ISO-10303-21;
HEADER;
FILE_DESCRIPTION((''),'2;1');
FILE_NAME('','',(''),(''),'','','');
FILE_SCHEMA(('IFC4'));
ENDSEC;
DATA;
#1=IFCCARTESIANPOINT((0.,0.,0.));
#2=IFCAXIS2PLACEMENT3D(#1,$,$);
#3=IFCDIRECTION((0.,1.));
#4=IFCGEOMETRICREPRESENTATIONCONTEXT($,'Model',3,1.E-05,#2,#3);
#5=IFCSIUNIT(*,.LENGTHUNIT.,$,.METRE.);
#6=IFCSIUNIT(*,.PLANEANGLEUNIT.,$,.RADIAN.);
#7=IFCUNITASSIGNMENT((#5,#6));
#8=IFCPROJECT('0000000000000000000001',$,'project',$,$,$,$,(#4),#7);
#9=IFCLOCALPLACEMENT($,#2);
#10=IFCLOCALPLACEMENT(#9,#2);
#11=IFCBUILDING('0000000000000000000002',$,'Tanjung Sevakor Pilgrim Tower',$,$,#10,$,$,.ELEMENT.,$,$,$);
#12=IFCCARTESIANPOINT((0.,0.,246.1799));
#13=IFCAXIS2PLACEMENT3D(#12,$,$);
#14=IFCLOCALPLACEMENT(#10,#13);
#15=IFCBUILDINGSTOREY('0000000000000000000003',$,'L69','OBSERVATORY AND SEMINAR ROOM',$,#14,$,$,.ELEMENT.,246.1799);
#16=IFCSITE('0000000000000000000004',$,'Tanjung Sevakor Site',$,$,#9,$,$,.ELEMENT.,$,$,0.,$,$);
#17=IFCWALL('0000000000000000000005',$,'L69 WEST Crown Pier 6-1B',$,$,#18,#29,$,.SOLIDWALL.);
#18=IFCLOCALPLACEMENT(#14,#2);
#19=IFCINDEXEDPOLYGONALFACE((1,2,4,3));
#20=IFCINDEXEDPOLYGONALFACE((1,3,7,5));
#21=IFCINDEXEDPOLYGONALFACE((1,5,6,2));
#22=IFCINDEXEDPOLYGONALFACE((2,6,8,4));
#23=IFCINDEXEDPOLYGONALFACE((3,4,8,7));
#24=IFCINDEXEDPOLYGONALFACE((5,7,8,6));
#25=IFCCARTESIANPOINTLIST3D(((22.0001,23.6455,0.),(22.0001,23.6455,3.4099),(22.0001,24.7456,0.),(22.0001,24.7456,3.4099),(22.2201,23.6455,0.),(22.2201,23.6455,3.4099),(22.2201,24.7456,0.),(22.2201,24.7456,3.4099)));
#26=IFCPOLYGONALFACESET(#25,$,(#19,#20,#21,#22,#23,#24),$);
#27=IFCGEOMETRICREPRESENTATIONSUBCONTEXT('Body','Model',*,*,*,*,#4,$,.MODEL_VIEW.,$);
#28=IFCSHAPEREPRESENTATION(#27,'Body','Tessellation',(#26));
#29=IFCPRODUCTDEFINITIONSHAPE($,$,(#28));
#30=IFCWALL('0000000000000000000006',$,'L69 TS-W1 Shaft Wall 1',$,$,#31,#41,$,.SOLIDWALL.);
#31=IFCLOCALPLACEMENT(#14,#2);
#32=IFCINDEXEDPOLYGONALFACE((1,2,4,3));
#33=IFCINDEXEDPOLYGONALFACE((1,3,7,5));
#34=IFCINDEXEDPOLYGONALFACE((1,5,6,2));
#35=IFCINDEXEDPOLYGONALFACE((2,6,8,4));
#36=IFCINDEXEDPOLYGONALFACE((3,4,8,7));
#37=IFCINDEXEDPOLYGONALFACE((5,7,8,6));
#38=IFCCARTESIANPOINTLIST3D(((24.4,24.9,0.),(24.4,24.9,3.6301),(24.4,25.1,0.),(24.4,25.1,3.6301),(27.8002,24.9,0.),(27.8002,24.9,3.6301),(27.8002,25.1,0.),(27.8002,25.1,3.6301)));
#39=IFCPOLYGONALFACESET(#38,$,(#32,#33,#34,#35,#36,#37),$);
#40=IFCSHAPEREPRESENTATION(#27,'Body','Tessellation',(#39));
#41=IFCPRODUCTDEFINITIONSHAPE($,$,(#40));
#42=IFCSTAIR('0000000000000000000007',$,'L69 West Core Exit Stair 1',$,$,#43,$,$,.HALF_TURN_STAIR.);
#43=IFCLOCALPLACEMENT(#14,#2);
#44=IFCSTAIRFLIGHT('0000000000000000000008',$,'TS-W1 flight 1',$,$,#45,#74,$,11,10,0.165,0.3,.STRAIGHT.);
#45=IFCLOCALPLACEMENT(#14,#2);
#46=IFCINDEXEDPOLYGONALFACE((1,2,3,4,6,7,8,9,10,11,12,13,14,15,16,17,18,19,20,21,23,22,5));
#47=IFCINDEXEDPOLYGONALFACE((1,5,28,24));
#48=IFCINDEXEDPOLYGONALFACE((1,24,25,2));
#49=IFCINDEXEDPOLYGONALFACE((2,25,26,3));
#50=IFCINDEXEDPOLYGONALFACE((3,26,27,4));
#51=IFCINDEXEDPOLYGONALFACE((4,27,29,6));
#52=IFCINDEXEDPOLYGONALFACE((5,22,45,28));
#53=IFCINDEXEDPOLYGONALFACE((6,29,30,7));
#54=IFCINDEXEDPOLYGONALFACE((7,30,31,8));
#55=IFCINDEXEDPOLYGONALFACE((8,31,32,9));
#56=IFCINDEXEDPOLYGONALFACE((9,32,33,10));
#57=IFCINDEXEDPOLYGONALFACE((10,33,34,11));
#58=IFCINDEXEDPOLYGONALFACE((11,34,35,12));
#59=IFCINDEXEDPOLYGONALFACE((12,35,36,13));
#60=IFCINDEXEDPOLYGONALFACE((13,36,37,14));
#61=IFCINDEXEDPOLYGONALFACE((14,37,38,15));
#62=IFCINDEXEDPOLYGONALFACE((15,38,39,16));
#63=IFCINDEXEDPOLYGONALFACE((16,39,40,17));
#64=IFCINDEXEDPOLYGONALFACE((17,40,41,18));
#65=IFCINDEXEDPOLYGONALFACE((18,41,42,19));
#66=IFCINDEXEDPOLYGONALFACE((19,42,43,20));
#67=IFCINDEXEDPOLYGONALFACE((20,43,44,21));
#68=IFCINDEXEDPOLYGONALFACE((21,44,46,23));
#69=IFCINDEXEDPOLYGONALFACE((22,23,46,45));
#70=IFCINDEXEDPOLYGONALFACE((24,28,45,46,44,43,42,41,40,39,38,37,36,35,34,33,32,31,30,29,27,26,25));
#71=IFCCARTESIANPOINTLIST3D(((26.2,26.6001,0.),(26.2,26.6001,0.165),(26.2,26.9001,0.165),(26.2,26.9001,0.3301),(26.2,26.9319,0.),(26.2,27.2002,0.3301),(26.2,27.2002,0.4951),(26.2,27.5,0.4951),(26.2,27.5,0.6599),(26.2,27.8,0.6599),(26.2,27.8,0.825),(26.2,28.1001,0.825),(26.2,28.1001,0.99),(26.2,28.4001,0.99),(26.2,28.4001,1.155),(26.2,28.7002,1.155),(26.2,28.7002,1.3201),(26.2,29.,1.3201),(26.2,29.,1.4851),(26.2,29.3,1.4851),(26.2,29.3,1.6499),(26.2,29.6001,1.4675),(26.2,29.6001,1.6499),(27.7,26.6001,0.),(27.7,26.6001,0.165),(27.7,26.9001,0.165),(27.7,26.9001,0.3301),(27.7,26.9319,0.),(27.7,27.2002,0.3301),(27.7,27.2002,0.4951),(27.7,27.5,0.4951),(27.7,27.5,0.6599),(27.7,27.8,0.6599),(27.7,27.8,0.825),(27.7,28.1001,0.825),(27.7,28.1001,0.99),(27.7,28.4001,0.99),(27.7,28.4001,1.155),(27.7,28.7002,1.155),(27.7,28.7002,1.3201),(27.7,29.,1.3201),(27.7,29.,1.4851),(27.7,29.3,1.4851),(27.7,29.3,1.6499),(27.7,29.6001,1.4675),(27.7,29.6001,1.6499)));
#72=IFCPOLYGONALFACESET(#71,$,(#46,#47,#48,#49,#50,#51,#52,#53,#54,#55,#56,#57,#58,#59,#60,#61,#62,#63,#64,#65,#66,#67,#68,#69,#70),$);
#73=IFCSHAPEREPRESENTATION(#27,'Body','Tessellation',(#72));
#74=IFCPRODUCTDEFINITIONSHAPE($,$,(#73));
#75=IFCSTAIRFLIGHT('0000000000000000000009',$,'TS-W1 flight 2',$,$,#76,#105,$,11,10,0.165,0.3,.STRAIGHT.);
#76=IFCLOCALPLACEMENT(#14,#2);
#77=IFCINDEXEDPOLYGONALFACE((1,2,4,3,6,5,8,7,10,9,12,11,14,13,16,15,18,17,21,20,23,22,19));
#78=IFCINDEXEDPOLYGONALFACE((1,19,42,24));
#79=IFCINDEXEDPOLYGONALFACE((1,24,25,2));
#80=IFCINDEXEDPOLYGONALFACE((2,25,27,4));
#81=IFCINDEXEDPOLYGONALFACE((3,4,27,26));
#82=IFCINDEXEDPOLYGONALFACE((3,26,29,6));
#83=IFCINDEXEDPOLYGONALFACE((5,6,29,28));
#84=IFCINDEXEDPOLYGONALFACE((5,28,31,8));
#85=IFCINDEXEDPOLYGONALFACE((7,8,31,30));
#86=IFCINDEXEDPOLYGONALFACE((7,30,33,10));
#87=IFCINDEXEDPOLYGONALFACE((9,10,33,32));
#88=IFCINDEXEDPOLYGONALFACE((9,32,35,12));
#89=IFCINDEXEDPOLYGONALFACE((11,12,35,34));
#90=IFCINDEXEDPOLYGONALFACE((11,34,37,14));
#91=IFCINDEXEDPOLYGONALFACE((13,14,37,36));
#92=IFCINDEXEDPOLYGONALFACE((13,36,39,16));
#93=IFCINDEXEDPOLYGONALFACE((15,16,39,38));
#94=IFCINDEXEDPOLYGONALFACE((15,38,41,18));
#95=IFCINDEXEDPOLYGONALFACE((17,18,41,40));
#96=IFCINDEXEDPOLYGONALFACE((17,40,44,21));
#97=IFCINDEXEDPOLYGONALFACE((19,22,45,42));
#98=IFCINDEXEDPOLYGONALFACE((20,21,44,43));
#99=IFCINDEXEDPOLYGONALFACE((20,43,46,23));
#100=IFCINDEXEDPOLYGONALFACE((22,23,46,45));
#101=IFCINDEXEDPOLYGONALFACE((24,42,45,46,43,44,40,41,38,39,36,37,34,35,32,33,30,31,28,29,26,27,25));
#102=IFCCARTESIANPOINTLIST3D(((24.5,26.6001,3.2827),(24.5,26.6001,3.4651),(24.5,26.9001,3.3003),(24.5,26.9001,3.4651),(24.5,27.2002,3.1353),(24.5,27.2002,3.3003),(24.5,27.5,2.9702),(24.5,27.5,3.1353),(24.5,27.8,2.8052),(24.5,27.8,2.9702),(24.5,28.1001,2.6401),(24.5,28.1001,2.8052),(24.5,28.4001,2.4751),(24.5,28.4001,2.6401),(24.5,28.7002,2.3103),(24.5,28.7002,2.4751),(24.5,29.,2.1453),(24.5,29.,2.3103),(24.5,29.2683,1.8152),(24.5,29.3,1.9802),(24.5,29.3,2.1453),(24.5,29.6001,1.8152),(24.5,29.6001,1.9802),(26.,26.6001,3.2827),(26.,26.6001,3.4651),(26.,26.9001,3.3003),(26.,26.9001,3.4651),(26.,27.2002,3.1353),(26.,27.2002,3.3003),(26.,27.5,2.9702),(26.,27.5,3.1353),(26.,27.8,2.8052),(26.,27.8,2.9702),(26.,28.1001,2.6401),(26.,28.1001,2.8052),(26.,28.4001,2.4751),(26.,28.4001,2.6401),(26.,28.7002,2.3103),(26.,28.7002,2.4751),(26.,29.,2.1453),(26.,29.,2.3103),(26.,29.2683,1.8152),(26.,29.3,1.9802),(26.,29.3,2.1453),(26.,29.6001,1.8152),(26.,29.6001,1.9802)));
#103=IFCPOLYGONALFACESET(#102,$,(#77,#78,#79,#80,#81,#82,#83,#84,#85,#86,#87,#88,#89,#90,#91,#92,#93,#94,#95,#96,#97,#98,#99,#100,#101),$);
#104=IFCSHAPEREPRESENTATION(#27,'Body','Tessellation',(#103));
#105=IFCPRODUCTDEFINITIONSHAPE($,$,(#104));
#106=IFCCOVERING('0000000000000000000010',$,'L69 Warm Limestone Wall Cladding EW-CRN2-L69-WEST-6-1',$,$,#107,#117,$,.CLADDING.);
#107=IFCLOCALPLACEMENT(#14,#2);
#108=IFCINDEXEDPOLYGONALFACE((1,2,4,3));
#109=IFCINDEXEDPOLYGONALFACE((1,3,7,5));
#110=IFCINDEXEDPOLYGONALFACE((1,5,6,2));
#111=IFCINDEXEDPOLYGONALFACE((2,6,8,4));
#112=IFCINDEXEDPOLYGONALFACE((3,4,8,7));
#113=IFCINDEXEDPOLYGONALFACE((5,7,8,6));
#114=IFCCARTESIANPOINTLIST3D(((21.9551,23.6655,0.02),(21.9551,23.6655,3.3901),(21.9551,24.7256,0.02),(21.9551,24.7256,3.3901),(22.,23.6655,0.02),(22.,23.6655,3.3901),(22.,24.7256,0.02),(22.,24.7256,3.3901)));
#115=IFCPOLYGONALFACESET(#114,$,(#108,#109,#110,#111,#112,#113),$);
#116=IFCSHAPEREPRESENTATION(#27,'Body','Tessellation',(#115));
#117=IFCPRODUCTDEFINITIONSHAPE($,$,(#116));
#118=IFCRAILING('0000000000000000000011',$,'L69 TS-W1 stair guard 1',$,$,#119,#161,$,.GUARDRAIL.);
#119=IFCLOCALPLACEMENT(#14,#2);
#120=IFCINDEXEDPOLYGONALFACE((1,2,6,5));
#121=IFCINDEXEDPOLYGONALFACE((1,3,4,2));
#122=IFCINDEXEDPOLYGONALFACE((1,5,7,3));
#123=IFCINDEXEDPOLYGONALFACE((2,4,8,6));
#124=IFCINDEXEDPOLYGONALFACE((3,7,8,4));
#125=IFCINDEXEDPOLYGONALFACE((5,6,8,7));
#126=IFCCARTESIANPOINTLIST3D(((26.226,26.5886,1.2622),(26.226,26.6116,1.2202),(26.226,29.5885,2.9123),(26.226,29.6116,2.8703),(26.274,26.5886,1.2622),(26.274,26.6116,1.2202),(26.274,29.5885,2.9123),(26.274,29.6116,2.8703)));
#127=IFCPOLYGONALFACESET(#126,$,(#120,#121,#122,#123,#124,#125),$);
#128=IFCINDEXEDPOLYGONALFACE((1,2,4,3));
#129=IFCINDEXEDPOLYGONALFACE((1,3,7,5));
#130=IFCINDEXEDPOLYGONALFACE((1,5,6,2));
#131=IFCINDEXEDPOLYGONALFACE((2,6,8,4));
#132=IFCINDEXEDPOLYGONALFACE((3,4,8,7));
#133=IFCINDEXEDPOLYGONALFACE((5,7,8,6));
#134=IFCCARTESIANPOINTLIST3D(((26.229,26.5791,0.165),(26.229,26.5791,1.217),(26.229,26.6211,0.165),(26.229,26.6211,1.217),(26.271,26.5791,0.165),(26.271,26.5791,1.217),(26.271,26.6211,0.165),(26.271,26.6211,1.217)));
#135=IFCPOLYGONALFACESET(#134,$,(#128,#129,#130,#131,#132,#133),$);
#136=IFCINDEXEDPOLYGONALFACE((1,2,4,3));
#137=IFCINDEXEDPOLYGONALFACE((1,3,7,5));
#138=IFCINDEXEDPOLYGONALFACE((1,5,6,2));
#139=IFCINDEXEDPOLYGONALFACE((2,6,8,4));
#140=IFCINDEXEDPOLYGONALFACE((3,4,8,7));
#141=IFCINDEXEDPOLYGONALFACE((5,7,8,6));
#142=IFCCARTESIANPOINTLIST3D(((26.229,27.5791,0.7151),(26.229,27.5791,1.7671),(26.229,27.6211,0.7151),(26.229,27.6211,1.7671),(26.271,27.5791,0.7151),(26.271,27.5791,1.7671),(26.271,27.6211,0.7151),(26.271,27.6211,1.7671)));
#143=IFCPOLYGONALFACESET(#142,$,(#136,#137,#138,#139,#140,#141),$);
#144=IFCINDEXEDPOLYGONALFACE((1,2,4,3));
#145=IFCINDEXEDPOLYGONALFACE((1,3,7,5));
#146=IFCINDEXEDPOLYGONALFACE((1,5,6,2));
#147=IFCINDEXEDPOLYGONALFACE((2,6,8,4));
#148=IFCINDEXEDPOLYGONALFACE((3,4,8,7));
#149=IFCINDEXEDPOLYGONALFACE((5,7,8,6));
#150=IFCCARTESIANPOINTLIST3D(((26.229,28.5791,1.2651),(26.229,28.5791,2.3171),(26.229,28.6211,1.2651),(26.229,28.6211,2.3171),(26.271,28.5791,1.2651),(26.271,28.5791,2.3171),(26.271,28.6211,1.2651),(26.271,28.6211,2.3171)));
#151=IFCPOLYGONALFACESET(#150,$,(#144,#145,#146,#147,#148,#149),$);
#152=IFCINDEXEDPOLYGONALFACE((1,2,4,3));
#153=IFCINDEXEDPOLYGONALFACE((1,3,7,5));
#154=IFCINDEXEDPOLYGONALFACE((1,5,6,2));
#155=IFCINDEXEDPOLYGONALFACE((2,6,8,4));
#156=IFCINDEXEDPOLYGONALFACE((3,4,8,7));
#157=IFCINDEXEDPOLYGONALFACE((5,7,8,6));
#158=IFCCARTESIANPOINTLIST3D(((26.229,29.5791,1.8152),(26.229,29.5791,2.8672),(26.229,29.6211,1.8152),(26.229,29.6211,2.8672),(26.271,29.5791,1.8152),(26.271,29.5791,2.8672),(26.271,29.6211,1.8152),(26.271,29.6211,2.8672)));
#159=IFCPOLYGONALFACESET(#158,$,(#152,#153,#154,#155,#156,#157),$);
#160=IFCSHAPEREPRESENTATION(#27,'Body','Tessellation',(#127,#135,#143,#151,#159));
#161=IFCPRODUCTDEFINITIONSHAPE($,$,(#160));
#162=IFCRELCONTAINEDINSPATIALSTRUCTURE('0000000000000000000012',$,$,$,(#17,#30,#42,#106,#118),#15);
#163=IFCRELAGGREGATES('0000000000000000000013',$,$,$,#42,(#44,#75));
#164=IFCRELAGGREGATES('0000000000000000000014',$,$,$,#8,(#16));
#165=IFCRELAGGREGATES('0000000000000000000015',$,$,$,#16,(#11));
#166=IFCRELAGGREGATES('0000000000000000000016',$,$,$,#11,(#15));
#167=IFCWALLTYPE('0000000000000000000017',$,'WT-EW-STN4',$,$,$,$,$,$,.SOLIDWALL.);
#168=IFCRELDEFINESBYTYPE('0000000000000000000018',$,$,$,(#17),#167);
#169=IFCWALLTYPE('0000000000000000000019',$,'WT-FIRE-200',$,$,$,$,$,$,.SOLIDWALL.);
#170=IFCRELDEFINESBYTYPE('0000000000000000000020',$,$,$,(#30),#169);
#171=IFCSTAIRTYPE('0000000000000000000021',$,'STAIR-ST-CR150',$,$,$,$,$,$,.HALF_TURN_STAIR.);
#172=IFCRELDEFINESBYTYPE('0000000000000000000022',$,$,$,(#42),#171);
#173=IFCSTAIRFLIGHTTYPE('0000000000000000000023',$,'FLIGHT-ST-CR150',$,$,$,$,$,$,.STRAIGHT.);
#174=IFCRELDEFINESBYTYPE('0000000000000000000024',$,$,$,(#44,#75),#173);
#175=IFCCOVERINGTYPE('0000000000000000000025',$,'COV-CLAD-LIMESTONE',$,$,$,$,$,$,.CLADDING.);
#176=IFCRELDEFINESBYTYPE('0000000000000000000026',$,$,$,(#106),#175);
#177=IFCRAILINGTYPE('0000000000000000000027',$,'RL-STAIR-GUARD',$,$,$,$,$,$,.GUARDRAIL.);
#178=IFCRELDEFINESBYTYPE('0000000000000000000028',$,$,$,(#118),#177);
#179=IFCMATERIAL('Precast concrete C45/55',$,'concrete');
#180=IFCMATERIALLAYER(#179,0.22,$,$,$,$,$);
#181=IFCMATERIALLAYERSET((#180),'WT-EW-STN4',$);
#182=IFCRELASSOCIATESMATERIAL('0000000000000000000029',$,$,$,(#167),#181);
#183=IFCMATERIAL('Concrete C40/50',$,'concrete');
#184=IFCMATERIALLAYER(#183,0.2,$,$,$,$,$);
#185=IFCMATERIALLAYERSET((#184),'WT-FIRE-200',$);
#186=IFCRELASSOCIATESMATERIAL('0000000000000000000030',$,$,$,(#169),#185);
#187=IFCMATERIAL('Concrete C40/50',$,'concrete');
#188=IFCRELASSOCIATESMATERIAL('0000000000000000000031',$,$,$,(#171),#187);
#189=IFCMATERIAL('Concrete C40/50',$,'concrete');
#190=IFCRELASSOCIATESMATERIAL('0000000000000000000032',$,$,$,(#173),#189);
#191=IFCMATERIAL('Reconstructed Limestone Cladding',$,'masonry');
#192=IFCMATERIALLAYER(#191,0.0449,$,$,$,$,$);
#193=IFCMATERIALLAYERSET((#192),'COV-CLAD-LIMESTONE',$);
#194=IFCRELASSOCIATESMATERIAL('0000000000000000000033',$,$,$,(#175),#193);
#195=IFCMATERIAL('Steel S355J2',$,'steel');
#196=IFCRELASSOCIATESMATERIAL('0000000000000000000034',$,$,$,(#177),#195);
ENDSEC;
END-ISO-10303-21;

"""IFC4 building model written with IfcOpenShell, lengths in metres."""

from ifc_helpers import new_model, si_unit, direction, frame, frame_2d, origin, origin_2d, place, context, subcontext, project, spatial, polyline, rectangle, outline, extrude, material, layer, layer_set, type_object, element, aggregate, save


model = new_model("IFC4")

# Units and contexts
model_context = context("Model", 3, precision=1e-05, world=origin(), true_north=direction((0.0, 1.0)))
body_context = subcontext(model_context, "Body", "Model", "MODEL_VIEW")
ifc_project = project(units=[si_unit("LENGTHUNIT", "METRE"), si_unit("PLANEANGLEUNIT", "RADIAN")], contexts=[model_context])

# Site, building, storey
site_placement = place(None, origin())
site = spatial("IfcSite", under=ifc_project, at=site_placement, Name="Tanjung Sevakor Site", CompositionType="ELEMENT", RefElevation=0.0)
building_placement = place(site_placement, origin())
building = spatial("IfcBuilding", under=site, at=building_placement, Name="Tanjung Sevakor Pilgrim Tower", CompositionType="ELEMENT")
storey_placement = place(building_placement, frame((0.0, 0.0, 246.1799)))
storey = spatial("IfcBuildingStorey", under=building, at=storey_placement, Name="L69", Description="OBSERVATORY AND SEMINAR ROOM", CompositionType="ELEMENT", Elevation=246.1799)

# Walls
ifc_material_1 = material(Name="Precast concrete C45/55", Category="concrete")
ifc_layer_1 = layer(ifc_material_1, 0.22)
ifc_layer_set_1 = layer_set([ifc_layer_1], Name="WT-EW-STN4")
wall_type_1 = type_object("IfcWallType", Name="WT-EW-STN4", PredefinedType="SOLIDWALL", material=ifc_layer_set_1)
wall_1_placement = place(storey_placement, frame((22.1101, 24.7456, 0.0), z_axis=(0.0, 0.0, 1.0), x_axis=(0.0, -1.0, 0.0)))
element("IfcWall", 1, at=wall_1_placement, inside=storey, type_object=wall_type_1, Name="L69 WEST Crown Pier 6-1B", PredefinedType="SOLIDWALL", context=body_context, shape_type="SweptSolid", body=[
    extrude(rectangle(XDim=1.1001, YDim=0.22, at=frame_2d((0.55, 0.0))), origin(), (0.0, 0.0, 1.0), 3.4099),
])
ifc_material_2 = material(Name="Concrete C40/50", Category="concrete")
ifc_layer_2 = layer(ifc_material_2, 0.2)
ifc_layer_set_2 = layer_set([ifc_layer_2], Name="WT-FIRE-200")
wall_type_2 = type_object("IfcWallType", Name="WT-FIRE-200", PredefinedType="SOLIDWALL", material=ifc_layer_set_2)
wall_2_placement = place(storey_placement, frame((24.3999, 25.0, 0.0), z_axis=(0.0, 0.0, 1.0), x_axis=(1.0, 0.0, 0.0)))
element("IfcWall", 2, at=wall_2_placement, inside=storey, type_object=wall_type_2, Name="L69 TS-W1 Shaft Wall 1", PredefinedType="SOLIDWALL", context=body_context, shape_type="SweptSolid", body=[
    extrude(rectangle(XDim=3.4001, YDim=0.2, at=frame_2d((1.7002, 0.0))), origin(), (0.0, 0.0, 1.0), 3.6301),
])

# Stair, stair flights
ifc_material_3 = material(Name="Concrete C40/50", Category="concrete")
stair_type = type_object("IfcStairType", Name="STAIR-ST-CR150", PredefinedType="HALF_TURN_STAIR", material=ifc_material_3)
stair_placement = place(storey_placement, origin())
stair = element("IfcStair", 3, at=stair_placement, inside=storey, type_object=stair_type, Name="L69 West Core Exit Stair 1", PredefinedType="HALF_TURN_STAIR")
ifc_material_4 = material(Name="Concrete C40/50", Category="concrete")
stair_flight_type = type_object("IfcStairFlightType", Name="FLIGHT-ST-CR150", PredefinedType="STRAIGHT", material=ifc_material_4)
stair_flight_1_placement = place(storey_placement, frame((26.95, 26.6001, 0.0), z_axis=(0.0, 0.0, 1.0), x_axis=(0.0, 1.0, 0.0)))
stair_flight_1 = element("IfcStairFlight", 4, at=stair_flight_1_placement, type_object=stair_flight_type, Name="TS-W1 flight 1", NumberOfRisers=11, NumberOfTreads=10, PredefinedType="STRAIGHT", RiserHeight=0.165, TreadLength=0.3, context=body_context, shape_type="SweptSolid", body=[
    extrude(outline(polyline([(0.0, 0.0), (0.0, 0.165), (0.3, 0.165), (0.3, 0.3301), (0.6001, 0.3301), (0.6001, 0.4951), (0.8999, 0.4951), (0.8999, 0.6599), (1.2, 0.6599), (1.2, 0.825), (1.5, 0.825), (1.5, 0.99), (1.8, 0.99), (1.8, 1.155), (2.1001, 1.155), (2.1001, 1.3201), (2.3999, 1.3201), (2.3999, 1.4851), (2.7, 1.4851), (2.7, 1.6499), (3.0, 1.6499), (3.0, 1.8149), (3.0, 1.4675), (0.3318, 0.0), (0.0, 0.0)])), frame((0.0, 0.75, 0.0), z_axis=(0.0, -1.0, 0.0), x_axis=(1.0, 0.0, 0.0)), (0.0, 0.0, 1.0), 1.5),
])
stair_flight_2_placement = place(storey_placement, frame((25.25, 29.6001, 1.8152), z_axis=(0.0, 0.0, 1.0), x_axis=(0.0, -1.0, 0.0)))
stair_flight_2 = element("IfcStairFlight", 5, at=stair_flight_2_placement, type_object=stair_flight_type, Name="TS-W1 flight 2", NumberOfRisers=11, NumberOfTreads=10, PredefinedType="STRAIGHT", RiserHeight=0.165, TreadLength=0.3, context=body_context, shape_type="SweptSolid", body=[
    extrude(outline(polyline([(0.0, 0.0), (0.0, 0.165), (0.3, 0.165), (0.3, 0.3301), (0.6001, 0.3301), (0.6001, 0.4951), (0.8999, 0.4951), (0.8999, 0.6599), (1.2, 0.6599), (1.2, 0.825), (1.5, 0.825), (1.5, 0.99), (1.8, 0.99), (1.8, 1.155), (2.1001, 1.155), (2.1001, 1.3201), (2.3999, 1.3201), (2.3999, 1.4851), (2.7, 1.4851), (2.7, 1.6499), (3.0, 1.6499), (3.0, 1.8149), (3.0, 1.4675), (0.3318, 0.0), (0.0, 0.0)])), frame((0.0, 0.75, 0.0), z_axis=(0.0, -1.0, 0.0), x_axis=(1.0, 0.0, 0.0)), (0.0, 0.0, 1.0), 1.5),
])
aggregate(stair, [stair_flight_1, stair_flight_2])

# Covering
ifc_material_5 = material(Name="Reconstructed Limestone Cladding", Category="masonry")
ifc_layer_3 = layer(ifc_material_5, 0.0449)
ifc_layer_set_3 = layer_set([ifc_layer_3], Name="COV-CLAD-LIMESTONE")
covering_type = type_object("IfcCoveringType", Name="COV-CLAD-LIMESTONE", PredefinedType="CLADDING", material=ifc_layer_set_3)
covering_placement = place(storey_placement, frame((21.9775, 24.1956, 0.02), z_axis=(0.0, 0.0, 1.0), x_axis=(0.0, -1.0, 0.0)))
element("IfcCovering", 6, at=covering_placement, inside=storey, type_object=covering_type, Name="L69 Warm Limestone Wall Cladding EW-CRN2-L69-WEST-6-1", PredefinedType="CLADDING", context=body_context, shape_type="SweptSolid", body=[
    extrude(rectangle(XDim=1.0601, YDim=0.0449, at=origin_2d()), origin(), (0.0, 0.0, 1.0), 3.3701),
])

# Railing
ifc_material_6 = material(Name="Steel S355J2", Category="steel")
railing_type_1 = type_object("IfcRailingType", Name="RL-STAIR-GUARD", PredefinedType="GUARDRAIL", material=ifc_material_6)
railing_1_placement = place(storey_placement, frame((26.25, 26.6001, 0.165)))
element("IfcRailing", 7, at=railing_1_placement, inside=storey, type_object=railing_type_1, Name="L69 TS-W1 stair guard 1", PredefinedType="GUARDRAIL", context=body_context, shape_type="SweptSolid", body=[
    extrude(rectangle(XDim=0.0479, YDim=0.0479), frame((0.0, 0.0, 1.0762), z_axis=(0.0, 0.876198, 0.481952), x_axis=(-1.0, 0.0, 0.0)), (0.0, 0.0, 1.0), 3.4238),
    extrude(rectangle(XDim=0.042, YDim=0.042), origin(), (0.0, 0.0, 1.0), 1.052),
    extrude(rectangle(XDim=0.042, YDim=0.042), frame((0.0, 1.0, 0.55)), (0.0, 0.0, 1.0), 1.052),
    extrude(rectangle(XDim=0.042, YDim=0.042), frame((0.0, 2.0, 1.1001)), (0.0, 0.0, 1.0), 1.052),
    extrude(rectangle(XDim=0.042, YDim=0.042), frame((0.0, 3.0, 1.6501)), (0.0, 0.0, 1.0), 1.052),
])

save(model, "model.ifc")
